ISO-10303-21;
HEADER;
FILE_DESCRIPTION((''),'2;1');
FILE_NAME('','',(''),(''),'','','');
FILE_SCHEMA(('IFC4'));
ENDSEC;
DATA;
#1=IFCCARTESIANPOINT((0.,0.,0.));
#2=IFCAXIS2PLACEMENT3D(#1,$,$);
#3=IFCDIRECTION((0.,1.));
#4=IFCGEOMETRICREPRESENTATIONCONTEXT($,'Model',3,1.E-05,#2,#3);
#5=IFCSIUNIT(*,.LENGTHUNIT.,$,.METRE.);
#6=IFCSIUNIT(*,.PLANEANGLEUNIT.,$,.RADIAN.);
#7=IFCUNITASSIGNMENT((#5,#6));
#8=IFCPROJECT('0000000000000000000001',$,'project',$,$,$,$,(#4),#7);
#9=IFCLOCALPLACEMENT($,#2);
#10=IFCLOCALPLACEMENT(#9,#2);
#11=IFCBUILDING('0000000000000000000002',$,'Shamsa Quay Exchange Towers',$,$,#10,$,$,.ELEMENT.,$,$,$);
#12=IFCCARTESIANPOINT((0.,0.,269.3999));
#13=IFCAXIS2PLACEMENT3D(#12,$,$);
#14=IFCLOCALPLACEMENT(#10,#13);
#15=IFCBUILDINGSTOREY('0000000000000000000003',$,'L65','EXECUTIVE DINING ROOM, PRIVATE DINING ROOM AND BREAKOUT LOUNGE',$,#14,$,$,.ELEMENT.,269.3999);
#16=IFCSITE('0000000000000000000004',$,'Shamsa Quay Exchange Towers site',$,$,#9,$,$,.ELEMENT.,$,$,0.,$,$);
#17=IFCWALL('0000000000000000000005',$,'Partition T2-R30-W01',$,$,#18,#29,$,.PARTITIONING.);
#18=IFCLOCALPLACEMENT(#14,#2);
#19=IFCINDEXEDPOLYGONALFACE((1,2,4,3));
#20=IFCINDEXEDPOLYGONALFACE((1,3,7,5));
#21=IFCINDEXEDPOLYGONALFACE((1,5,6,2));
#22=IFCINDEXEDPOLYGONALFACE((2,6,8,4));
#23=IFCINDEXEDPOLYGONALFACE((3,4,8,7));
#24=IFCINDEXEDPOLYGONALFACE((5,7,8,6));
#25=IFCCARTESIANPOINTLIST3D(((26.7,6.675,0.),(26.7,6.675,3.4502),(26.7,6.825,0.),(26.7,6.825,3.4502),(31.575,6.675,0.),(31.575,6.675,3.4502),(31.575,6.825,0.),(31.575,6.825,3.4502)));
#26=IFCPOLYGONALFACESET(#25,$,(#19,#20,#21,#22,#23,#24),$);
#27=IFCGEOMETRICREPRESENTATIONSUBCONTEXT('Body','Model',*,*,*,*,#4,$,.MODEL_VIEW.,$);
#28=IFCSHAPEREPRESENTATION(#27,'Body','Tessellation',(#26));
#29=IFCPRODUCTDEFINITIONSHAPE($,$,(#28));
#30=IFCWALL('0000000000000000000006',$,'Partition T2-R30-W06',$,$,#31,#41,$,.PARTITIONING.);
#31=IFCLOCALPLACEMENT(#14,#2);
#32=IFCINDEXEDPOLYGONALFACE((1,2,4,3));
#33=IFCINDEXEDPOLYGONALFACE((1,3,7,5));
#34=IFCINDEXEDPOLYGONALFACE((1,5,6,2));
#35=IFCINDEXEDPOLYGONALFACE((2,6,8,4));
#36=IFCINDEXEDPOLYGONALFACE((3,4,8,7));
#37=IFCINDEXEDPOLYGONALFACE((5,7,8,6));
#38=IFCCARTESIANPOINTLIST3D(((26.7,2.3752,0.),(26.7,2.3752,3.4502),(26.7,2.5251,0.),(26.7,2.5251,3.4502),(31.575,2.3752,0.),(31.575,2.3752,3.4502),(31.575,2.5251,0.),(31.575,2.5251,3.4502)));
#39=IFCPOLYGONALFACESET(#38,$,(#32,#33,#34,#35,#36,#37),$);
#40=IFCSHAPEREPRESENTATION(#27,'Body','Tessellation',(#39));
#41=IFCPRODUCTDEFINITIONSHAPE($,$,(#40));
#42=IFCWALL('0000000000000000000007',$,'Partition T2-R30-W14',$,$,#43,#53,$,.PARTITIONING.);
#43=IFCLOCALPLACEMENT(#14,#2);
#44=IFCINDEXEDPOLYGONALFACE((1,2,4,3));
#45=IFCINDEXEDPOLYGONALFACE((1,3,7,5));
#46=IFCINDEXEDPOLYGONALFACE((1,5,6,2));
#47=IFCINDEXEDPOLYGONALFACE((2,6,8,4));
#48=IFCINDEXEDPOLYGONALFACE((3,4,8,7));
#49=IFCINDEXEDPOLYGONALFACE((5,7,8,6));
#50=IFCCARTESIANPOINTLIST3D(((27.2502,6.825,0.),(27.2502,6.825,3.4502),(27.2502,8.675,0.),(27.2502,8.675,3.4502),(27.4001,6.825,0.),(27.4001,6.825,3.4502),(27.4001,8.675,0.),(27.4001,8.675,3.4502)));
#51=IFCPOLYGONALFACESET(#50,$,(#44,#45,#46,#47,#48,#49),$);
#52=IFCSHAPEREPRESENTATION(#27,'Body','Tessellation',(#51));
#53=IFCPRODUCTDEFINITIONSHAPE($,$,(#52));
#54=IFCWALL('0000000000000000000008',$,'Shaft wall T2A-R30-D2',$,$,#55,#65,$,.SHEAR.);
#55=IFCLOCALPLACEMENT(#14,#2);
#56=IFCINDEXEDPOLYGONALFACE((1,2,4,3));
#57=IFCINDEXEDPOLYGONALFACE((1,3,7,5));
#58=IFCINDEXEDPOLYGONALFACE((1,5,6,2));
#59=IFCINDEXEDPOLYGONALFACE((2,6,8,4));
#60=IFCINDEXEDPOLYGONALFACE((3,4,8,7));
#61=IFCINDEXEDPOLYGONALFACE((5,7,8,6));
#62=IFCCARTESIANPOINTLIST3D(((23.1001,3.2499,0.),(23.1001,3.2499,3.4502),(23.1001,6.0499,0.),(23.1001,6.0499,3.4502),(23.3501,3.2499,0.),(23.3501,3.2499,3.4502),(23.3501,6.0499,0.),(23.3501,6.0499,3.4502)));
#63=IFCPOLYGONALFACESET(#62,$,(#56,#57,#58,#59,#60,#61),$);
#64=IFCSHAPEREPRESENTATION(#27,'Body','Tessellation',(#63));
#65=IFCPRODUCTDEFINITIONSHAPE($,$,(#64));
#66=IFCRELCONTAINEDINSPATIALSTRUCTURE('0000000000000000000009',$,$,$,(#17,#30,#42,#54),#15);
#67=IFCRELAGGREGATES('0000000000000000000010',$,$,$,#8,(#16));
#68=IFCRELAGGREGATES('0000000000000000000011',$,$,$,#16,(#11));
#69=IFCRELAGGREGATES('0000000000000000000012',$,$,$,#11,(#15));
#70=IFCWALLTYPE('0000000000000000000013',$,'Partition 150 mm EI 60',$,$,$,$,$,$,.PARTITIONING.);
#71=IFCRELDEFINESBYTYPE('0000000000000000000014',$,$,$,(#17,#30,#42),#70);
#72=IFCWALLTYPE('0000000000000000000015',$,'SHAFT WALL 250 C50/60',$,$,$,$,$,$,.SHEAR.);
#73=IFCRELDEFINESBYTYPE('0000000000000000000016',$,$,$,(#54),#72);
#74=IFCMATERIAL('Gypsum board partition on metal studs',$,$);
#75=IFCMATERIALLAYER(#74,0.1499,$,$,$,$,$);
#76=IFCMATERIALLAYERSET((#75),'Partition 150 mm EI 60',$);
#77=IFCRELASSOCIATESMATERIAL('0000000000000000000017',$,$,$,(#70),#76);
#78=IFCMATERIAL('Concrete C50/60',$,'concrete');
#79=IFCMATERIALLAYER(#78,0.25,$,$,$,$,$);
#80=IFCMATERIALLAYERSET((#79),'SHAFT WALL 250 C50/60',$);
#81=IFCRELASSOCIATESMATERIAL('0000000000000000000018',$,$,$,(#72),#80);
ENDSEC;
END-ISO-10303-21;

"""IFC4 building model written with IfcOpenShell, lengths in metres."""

from ifc_helpers import new_model, si_unit, direction, frame, frame_2d, origin, place, context, subcontext, project, spatial, rectangle, extrude, material, layer, layer_set, type_object, element, save


model = new_model("IFC4")

# Units and contexts
model_context = context("Model", 3, precision=1e-05, world=origin(), true_north=direction((0.0, 1.0)))
body_context = subcontext(model_context, "Body", "Model", "MODEL_VIEW")
ifc_project = project(units=[si_unit("LENGTHUNIT", "METRE"), si_unit("PLANEANGLEUNIT", "RADIAN")], contexts=[model_context])

# Site, building, storey
site_placement = place(None, origin())
site = spatial("IfcSite", under=ifc_project, at=site_placement, Name="Shamsa Quay Exchange Towers site", CompositionType="ELEMENT", RefElevation=0.0)
building_placement = place(site_placement, origin())
building = spatial("IfcBuilding", under=site, at=building_placement, Name="Shamsa Quay Exchange Towers", CompositionType="ELEMENT")
storey_placement = place(building_placement, frame((0.0, 0.0, 269.3999)))
storey = spatial("IfcBuildingStorey", under=building, at=storey_placement, Name="L65", Description="EXECUTIVE DINING ROOM, PRIVATE DINING ROOM AND BREAKOUT LOUNGE", CompositionType="ELEMENT", Elevation=269.3999)

# Shared definitions
ifc_material_1 = material(Name="Gypsum board partition on metal studs")

# Wall
ifc_layer_1 = layer(ifc_material_1, 0.1499)
ifc_layer_set_1 = layer_set([ifc_layer_1], Name="Partition 150 mm EI 60")
wall_type_1 = type_object("IfcWallType", Name="Partition 150 mm EI 60", PredefinedType="PARTITIONING", material=ifc_layer_set_1)
wall_1_placement = place(storey_placement, frame((31.575, 6.75, 0.0), z_axis=(0.0, 0.0, 1.0), x_axis=(-1.0, 0.0, 0.0)))
element("IfcWall", 1, at=wall_1_placement, inside=storey, type_object=wall_type_1, Name="Partition T2-R30-W01", PredefinedType="PARTITIONING", context=body_context, shape_type="SweptSolid", body=[
    extrude(rectangle(XDim=4.875, YDim=0.1499, at=frame_2d((2.4375, 0.0))), origin(), (0.0, 0.0, 1.0), 3.4502),
])

# Walls
wall_2_placement = place(storey_placement, frame((26.7, 2.4502, 0.0)))
element("IfcWall", 2, at=wall_2_placement, inside=storey, type_object=wall_type_1, Name="Partition T2-R30-W06", PredefinedType="PARTITIONING", context=body_context, shape_type="SweptSolid", body=[
    extrude(rectangle(XDim=4.875, YDim=0.1499, at=frame_2d((2.4375, 0.0))), origin(), (0.0, 0.0, 1.0), 3.4502),
])
wall_3_placement = place(storey_placement, frame((27.3252, 8.675, 0.0), z_axis=(0.0, 0.0, 1.0), x_axis=(0.0, -1.0, 0.0)))
element("IfcWall", 3, at=wall_3_placement, inside=storey, type_object=wall_type_1, Name="Partition T2-R30-W14", PredefinedType="PARTITIONING", context=body_context, shape_type="SweptSolid", body=[
    extrude(rectangle(XDim=1.8501, YDim=0.1499, at=frame_2d((0.925, 0.0))), origin(), (0.0, 0.0, 1.0), 3.4502),
])
ifc_material_2 = material(Name="Concrete C50/60", Category="concrete")
ifc_layer_2 = layer(ifc_material_2, 0.25)
ifc_layer_set_2 = layer_set([ifc_layer_2], Name="SHAFT WALL 250 C50/60")
wall_type_2 = type_object("IfcWallType", Name="SHAFT WALL 250 C50/60", PredefinedType="SHEAR", material=ifc_layer_set_2)
wall_4_placement = place(storey_placement, frame((23.2251, 3.25, 0.0), z_axis=(0.0, 0.0, 1.0), x_axis=(0.0, 1.0, 0.0)))
element("IfcWall", 4, at=wall_4_placement, inside=storey, type_object=wall_type_2, Name="Shaft wall T2A-R30-D2", PredefinedType="SHEAR", context=body_context, shape_type="SweptSolid", body=[
    extrude(rectangle(XDim=2.8, YDim=0.25, at=frame_2d((1.3999, 0.0))), origin(), (0.0, 0.0, 1.0), 3.4502),
])

save(model, "model.ifc")
